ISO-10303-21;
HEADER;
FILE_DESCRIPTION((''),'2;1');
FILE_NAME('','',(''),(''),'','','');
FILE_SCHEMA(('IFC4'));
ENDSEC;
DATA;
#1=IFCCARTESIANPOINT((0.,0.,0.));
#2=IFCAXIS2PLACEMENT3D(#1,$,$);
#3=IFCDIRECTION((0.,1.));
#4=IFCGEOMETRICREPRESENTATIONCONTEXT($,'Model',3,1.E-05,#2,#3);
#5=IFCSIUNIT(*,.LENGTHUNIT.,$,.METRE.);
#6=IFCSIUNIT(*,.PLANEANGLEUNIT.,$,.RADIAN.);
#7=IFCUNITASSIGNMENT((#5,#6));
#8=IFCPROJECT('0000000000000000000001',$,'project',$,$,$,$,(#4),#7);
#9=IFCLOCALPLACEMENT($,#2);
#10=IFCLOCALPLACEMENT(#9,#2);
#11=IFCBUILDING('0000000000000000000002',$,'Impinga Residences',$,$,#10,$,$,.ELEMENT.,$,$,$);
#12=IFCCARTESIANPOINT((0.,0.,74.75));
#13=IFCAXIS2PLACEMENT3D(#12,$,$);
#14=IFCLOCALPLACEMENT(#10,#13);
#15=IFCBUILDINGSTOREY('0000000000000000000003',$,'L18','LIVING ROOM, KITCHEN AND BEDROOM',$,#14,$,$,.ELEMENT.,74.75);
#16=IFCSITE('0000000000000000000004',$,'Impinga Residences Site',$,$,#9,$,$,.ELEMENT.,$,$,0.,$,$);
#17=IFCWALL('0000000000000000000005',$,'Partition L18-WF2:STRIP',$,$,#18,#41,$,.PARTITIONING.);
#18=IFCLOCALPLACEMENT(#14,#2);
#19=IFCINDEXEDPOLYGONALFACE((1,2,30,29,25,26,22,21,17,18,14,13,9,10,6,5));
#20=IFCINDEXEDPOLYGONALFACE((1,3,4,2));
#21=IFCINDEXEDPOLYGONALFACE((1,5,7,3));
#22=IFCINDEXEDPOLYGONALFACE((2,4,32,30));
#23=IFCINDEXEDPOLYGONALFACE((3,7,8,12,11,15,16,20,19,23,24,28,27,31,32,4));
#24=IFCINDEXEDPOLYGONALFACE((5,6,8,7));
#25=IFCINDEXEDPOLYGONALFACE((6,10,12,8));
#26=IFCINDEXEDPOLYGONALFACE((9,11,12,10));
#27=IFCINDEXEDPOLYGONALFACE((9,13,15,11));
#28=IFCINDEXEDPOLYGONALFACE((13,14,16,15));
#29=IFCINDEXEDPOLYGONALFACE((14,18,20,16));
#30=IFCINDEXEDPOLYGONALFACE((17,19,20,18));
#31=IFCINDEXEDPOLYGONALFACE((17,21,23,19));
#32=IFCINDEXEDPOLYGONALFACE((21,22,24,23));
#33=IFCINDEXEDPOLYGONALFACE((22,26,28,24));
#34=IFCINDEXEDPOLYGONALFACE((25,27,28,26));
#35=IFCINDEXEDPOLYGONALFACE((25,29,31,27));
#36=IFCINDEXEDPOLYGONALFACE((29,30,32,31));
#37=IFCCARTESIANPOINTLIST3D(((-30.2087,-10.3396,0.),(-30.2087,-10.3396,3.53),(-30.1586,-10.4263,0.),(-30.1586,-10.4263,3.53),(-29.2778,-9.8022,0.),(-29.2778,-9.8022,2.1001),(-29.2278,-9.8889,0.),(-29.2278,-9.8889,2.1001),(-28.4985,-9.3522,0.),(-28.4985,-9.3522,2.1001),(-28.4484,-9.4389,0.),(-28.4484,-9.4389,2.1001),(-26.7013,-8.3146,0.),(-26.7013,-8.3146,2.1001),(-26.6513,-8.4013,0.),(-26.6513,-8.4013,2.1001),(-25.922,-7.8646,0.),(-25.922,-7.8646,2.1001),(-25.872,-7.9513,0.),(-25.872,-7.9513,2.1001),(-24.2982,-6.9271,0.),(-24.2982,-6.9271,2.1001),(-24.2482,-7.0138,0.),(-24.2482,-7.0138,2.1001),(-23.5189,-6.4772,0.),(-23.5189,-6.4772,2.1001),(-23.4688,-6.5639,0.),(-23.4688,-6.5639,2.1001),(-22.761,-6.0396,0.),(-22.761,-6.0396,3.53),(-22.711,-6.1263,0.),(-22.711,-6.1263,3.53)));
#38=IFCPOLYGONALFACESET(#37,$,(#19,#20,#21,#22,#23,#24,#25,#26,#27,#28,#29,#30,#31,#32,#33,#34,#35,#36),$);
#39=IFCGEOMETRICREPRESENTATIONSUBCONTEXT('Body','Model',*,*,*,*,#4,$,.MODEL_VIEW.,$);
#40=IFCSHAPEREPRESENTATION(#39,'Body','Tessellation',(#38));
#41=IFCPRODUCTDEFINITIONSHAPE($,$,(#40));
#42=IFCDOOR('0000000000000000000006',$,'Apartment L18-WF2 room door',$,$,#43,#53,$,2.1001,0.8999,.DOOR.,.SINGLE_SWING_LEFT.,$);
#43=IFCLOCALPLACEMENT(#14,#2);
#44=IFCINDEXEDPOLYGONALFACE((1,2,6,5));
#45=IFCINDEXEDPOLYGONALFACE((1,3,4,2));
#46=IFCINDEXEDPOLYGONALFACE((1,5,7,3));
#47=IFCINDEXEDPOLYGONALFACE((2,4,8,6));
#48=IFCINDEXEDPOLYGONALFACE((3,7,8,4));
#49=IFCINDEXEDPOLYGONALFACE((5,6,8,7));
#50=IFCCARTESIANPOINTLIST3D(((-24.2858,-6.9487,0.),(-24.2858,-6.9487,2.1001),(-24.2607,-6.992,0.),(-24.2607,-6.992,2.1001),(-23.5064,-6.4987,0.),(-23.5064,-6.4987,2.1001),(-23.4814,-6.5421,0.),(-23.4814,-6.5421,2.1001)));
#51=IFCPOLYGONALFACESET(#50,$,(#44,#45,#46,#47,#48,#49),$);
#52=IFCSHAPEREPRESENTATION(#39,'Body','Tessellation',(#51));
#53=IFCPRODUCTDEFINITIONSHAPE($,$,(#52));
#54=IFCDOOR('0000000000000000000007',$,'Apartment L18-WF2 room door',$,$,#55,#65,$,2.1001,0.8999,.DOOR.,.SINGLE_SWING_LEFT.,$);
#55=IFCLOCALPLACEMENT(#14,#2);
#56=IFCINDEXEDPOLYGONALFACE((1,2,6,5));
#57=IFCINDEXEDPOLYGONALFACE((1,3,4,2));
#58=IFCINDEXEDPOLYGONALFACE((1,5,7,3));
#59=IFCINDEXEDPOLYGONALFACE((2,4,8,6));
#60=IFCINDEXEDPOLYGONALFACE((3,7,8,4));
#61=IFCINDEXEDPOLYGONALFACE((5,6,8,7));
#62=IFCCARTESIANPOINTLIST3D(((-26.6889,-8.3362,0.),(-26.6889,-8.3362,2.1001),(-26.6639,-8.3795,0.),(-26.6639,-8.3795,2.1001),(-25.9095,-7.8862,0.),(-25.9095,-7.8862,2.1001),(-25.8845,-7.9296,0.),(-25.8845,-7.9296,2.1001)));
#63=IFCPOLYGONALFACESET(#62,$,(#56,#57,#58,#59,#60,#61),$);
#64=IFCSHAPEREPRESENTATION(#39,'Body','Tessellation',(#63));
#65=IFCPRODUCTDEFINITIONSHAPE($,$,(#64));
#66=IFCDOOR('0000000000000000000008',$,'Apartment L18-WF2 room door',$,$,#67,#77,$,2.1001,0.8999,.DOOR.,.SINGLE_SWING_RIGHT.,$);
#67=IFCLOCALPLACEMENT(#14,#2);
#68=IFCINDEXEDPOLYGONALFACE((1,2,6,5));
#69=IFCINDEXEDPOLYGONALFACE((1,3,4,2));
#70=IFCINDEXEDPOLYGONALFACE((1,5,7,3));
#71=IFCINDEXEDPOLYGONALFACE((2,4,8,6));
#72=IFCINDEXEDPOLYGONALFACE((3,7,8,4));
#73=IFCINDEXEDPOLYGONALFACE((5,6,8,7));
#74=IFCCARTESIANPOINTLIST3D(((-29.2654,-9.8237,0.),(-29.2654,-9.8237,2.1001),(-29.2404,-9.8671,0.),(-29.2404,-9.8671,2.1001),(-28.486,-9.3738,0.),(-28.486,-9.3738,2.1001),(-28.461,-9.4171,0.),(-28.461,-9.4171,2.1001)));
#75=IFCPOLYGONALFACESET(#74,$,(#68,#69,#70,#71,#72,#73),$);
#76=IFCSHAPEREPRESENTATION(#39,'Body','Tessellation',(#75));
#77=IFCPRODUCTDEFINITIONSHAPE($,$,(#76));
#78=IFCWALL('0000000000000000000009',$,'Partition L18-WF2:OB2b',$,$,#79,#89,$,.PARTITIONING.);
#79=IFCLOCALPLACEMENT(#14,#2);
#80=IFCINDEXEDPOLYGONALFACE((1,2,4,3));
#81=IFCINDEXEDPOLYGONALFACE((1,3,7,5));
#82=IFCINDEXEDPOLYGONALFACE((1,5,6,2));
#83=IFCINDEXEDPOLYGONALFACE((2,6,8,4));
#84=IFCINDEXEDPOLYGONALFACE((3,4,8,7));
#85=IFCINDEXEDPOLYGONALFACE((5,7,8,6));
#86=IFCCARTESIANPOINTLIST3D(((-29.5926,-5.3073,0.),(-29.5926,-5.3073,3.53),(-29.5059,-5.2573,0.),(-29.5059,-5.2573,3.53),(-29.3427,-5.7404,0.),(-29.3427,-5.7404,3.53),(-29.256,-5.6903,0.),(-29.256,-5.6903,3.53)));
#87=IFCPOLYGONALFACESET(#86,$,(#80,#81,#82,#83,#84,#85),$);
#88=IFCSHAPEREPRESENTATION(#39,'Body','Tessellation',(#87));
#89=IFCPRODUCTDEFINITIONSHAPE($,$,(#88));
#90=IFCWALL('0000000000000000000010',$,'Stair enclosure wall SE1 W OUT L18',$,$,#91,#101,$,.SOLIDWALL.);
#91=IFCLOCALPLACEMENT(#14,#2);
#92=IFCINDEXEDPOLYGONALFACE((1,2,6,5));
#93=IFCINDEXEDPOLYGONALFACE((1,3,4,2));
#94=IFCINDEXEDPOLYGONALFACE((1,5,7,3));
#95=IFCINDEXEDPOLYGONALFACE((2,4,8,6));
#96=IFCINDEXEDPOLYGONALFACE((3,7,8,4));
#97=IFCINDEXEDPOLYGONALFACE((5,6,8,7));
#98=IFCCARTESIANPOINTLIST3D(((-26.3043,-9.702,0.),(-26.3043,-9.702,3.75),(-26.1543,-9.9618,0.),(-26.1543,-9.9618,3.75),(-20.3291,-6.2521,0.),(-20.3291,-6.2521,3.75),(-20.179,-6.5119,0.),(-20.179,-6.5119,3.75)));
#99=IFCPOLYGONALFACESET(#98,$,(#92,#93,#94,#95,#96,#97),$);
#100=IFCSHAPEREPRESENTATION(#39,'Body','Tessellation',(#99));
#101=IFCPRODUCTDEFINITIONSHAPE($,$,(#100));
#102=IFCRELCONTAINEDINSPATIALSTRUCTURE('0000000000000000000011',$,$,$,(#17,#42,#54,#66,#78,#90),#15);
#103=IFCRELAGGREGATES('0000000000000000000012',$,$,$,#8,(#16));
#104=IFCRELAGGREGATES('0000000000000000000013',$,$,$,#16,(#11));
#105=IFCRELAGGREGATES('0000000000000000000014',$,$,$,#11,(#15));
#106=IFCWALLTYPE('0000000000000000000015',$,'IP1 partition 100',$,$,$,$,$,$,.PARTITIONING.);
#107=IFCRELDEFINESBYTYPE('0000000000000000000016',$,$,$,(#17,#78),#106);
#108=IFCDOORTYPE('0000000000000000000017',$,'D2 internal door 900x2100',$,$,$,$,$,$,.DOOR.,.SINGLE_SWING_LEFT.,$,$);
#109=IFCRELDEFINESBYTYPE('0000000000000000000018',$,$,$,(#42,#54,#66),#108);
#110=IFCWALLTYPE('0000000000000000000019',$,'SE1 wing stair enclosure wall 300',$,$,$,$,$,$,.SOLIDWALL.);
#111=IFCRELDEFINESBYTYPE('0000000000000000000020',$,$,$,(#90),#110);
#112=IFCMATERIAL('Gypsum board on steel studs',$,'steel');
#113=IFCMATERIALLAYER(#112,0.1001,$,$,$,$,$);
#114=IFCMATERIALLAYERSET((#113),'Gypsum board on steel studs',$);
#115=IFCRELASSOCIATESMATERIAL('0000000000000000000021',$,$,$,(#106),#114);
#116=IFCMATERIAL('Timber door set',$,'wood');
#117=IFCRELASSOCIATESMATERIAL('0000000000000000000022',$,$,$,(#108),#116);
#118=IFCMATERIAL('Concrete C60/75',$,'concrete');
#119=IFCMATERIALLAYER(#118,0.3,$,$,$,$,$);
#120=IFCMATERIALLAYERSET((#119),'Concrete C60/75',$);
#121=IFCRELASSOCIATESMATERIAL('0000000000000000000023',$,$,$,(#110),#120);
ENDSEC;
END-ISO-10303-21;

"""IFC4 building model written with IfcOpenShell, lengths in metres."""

from ifc_helpers import new_model, si_unit, direction, frame, frame_2d, origin, place, context, subcontext, project, spatial, rectangle, extrude, material, layer, layer_set, type_object, element, fill, save


model = new_model("IFC4")

# Units and contexts
model_context = context("Model", 3, precision=1e-05, world=origin(), true_north=direction((0.0, 1.0)))
body_context = subcontext(model_context, "Body", "Model", "MODEL_VIEW")
ifc_project = project(units=[si_unit("LENGTHUNIT", "METRE"), si_unit("PLANEANGLEUNIT", "RADIAN")], contexts=[model_context])

# Site, building, storey
site_placement = place(None, origin())
site = spatial("IfcSite", under=ifc_project, at=site_placement, Name="Impinga Residences Site", CompositionType="ELEMENT", RefElevation=0.0)
building_placement = place(site_placement, origin())
building = spatial("IfcBuilding", under=site, at=building_placement, Name="Impinga Residences", CompositionType="ELEMENT")
storey_placement = place(building_placement, frame((0.0, 0.0, 74.75)))
storey = spatial("IfcBuildingStorey", under=building, at=storey_placement, Name="L18", Description="LIVING ROOM, KITCHEN AND BEDROOM", CompositionType="ELEMENT", Elevation=74.75)

# Shared definitions
ifc_material_1 = material(Name="Concrete C60/75", Category="concrete")

# Shared definitions
ifc_material_2 = material(Name="Gypsum board on steel studs", Category="steel")
ifc_layer_1 = layer(ifc_material_2, 0.1001)
ifc_layer_set_1 = layer_set([ifc_layer_1], Name="Gypsum board on steel studs")
wall_type_1 = type_object("IfcWallType", Name="IP1 partition 100", PredefinedType="PARTITIONING", material=ifc_layer_set_1)

# Wall, openings, doors
wall_1_placement = place(storey_placement, frame((-22.7361, -6.083, 0.0), z_axis=(0.0, 0.0, 1.0), x_axis=(-0.866021, -0.500008, 0.0)))
wall_1 = element("IfcWall", 1, at=wall_1_placement, inside=storey, type_object=wall_type_1, Name="Partition L18-WF2:STRIP", PredefinedType="PARTITIONING", context=body_context, shape_type="SweptSolid", body=[
    extrude(rectangle(XDim=8.5999, YDim=0.1001, at=frame_2d((4.2998, 0.0))), origin(), (0.0, 0.0, 1.0), 3.53),
])
opening_1_placement = place(wall_1_placement, frame((0.875, 0.0, 0.0)))
opening_1 = element("IfcOpeningElement", 2, at=opening_1_placement, cuts=wall_1, PredefinedType="OPENING", context=body_context, shape_type="SweptSolid", body=[
    extrude(rectangle(XDim=0.8999, YDim=2.1001, at=frame_2d((0.45, 1.05))), frame((0.0, 0.0601, 0.0), z_axis=(0.0, -1.0, 0.0), x_axis=(1.0, 0.0, 0.0)), (0.0, 0.0, 1.0), 0.1201),
])
opening_2_placement = place(wall_1_placement, frame((3.6499, 0.0, 0.0)))
opening_2 = element("IfcOpeningElement", 3, at=opening_2_placement, cuts=wall_1, PredefinedType="OPENING", context=body_context, shape_type="SweptSolid", body=[
    extrude(rectangle(XDim=0.8999, YDim=2.1001, at=frame_2d((0.45, 1.05))), frame((0.0, 0.0601, 0.0), z_axis=(0.0, -1.0, 0.0), x_axis=(1.0, 0.0, 0.0)), (0.0, 0.0, 1.0), 0.1201),
])
opening_3_placement = place(wall_1_placement, frame((6.625, 0.0, 0.0)))
opening_3 = element("IfcOpeningElement", 4, at=opening_3_placement, cuts=wall_1, PredefinedType="OPENING", context=body_context, shape_type="SweptSolid", body=[
    extrude(rectangle(XDim=0.8999, YDim=2.1001, at=frame_2d((0.45, 1.05))), frame((0.0, 0.0601, 0.0), z_axis=(0.0, -1.0, 0.0), x_axis=(1.0, 0.0, 0.0)), (0.0, 0.0, 1.0), 0.1201),
])
ifc_material_3 = material(Name="Timber door set", Category="wood")
door_type = type_object("IfcDoorType", Name="D2 internal door 900x2100", OperationType="SINGLE_SWING_LEFT", PredefinedType="DOOR", material=ifc_material_3)
door_1_placement = place(opening_1_placement, origin())
door_1 = element("IfcDoor", 5, at=door_1_placement, inside=storey, type_object=door_type, Name="Apartment L18-WF2 room door", OperationType="SINGLE_SWING_LEFT", OverallHeight=2.1001, OverallWidth=0.8999, PredefinedType="DOOR", context=body_context, shape_type="SweptSolid", body=[
    extrude(rectangle(XDim=0.8999, YDim=2.1001, at=frame_2d((0.45, 1.05))), frame((0.0, 0.0249, 0.0), z_axis=(0.0, -1.0, 0.0), x_axis=(1.0, 0.0, 0.0)), (0.0, 0.0, 1.0), 0.05),
])
fill(opening_1, door_1)
door_2_placement = place(opening_2_placement, origin())
door_2 = element("IfcDoor", 6, at=door_2_placement, inside=storey, type_object=door_type, Name="Apartment L18-WF2 room door", OperationType="SINGLE_SWING_LEFT", OverallHeight=2.1001, OverallWidth=0.8999, PredefinedType="DOOR", context=body_context, shape_type="SweptSolid", body=[
    extrude(rectangle(XDim=0.8999, YDim=2.1001, at=frame_2d((0.45, 1.05))), frame((0.0, 0.0249, 0.0), z_axis=(0.0, -1.0, 0.0), x_axis=(1.0, 0.0, 0.0)), (0.0, 0.0, 1.0), 0.05),
])
fill(opening_2, door_2)
door_3_placement = place(opening_3_placement, origin())
door_3 = element("IfcDoor", 7, at=door_3_placement, inside=storey, type_object=door_type, Name="Apartment L18-WF2 room door", OperationType="SINGLE_SWING_RIGHT", OverallHeight=2.1001, OverallWidth=0.8999, PredefinedType="DOOR", context=body_context, shape_type="SweptSolid", body=[
    extrude(rectangle(XDim=0.8999, YDim=2.1001, at=frame_2d((0.45, 1.05))), frame((0.0, 0.0249, 0.0), z_axis=(0.0, -1.0, 0.0), x_axis=(1.0, 0.0, 0.0)), (0.0, 0.0, 1.0), 0.05),
])
fill(opening_3, door_3)

# Walls
wall_2_placement = place(storey_placement, frame((-29.2993, -5.7153, 0.0), z_axis=(0.0, 0.0, 1.0), x_axis=(-0.49992, 0.866072, 0.0)))
element("IfcWall", 8, at=wall_2_placement, inside=storey, type_object=wall_type_1, Name="Partition L18-WF2:OB2b", PredefinedType="PARTITIONING", context=body_context, shape_type="SweptSolid", body=[
    extrude(rectangle(XDim=0.5, YDim=0.1001, at=frame_2d((0.25, 0.0))), origin(), (0.0, 0.0, 1.0), 3.53),
])
ifc_layer_2 = layer(ifc_material_1, 0.3)
ifc_layer_set_2 = layer_set([ifc_layer_2], Name="Concrete C60/75")
wall_type_2 = type_object("IfcWallType", Name="SE1 wing stair enclosure wall 300", PredefinedType="SOLIDWALL", material=ifc_layer_set_2)
wall_3_placement = place(storey_placement, frame((-20.2542, -6.3821, 0.0), z_axis=(0.0, 0.0, 1.0), x_axis=(-0.86602, -0.500009, 0.0)))
element("IfcWall", 9, at=wall_3_placement, inside=storey, type_object=wall_type_2, Name="Stair enclosure wall SE1 W OUT L18", PredefinedType="SOLIDWALL", context=body_context, shape_type="SweptSolid", body=[
    extrude(rectangle(XDim=6.8997, YDim=0.3, at=frame_2d((3.4497, 0.0))), origin(), (0.0, 0.0, 1.0), 3.75),
])

save(model, "model.ifc")
